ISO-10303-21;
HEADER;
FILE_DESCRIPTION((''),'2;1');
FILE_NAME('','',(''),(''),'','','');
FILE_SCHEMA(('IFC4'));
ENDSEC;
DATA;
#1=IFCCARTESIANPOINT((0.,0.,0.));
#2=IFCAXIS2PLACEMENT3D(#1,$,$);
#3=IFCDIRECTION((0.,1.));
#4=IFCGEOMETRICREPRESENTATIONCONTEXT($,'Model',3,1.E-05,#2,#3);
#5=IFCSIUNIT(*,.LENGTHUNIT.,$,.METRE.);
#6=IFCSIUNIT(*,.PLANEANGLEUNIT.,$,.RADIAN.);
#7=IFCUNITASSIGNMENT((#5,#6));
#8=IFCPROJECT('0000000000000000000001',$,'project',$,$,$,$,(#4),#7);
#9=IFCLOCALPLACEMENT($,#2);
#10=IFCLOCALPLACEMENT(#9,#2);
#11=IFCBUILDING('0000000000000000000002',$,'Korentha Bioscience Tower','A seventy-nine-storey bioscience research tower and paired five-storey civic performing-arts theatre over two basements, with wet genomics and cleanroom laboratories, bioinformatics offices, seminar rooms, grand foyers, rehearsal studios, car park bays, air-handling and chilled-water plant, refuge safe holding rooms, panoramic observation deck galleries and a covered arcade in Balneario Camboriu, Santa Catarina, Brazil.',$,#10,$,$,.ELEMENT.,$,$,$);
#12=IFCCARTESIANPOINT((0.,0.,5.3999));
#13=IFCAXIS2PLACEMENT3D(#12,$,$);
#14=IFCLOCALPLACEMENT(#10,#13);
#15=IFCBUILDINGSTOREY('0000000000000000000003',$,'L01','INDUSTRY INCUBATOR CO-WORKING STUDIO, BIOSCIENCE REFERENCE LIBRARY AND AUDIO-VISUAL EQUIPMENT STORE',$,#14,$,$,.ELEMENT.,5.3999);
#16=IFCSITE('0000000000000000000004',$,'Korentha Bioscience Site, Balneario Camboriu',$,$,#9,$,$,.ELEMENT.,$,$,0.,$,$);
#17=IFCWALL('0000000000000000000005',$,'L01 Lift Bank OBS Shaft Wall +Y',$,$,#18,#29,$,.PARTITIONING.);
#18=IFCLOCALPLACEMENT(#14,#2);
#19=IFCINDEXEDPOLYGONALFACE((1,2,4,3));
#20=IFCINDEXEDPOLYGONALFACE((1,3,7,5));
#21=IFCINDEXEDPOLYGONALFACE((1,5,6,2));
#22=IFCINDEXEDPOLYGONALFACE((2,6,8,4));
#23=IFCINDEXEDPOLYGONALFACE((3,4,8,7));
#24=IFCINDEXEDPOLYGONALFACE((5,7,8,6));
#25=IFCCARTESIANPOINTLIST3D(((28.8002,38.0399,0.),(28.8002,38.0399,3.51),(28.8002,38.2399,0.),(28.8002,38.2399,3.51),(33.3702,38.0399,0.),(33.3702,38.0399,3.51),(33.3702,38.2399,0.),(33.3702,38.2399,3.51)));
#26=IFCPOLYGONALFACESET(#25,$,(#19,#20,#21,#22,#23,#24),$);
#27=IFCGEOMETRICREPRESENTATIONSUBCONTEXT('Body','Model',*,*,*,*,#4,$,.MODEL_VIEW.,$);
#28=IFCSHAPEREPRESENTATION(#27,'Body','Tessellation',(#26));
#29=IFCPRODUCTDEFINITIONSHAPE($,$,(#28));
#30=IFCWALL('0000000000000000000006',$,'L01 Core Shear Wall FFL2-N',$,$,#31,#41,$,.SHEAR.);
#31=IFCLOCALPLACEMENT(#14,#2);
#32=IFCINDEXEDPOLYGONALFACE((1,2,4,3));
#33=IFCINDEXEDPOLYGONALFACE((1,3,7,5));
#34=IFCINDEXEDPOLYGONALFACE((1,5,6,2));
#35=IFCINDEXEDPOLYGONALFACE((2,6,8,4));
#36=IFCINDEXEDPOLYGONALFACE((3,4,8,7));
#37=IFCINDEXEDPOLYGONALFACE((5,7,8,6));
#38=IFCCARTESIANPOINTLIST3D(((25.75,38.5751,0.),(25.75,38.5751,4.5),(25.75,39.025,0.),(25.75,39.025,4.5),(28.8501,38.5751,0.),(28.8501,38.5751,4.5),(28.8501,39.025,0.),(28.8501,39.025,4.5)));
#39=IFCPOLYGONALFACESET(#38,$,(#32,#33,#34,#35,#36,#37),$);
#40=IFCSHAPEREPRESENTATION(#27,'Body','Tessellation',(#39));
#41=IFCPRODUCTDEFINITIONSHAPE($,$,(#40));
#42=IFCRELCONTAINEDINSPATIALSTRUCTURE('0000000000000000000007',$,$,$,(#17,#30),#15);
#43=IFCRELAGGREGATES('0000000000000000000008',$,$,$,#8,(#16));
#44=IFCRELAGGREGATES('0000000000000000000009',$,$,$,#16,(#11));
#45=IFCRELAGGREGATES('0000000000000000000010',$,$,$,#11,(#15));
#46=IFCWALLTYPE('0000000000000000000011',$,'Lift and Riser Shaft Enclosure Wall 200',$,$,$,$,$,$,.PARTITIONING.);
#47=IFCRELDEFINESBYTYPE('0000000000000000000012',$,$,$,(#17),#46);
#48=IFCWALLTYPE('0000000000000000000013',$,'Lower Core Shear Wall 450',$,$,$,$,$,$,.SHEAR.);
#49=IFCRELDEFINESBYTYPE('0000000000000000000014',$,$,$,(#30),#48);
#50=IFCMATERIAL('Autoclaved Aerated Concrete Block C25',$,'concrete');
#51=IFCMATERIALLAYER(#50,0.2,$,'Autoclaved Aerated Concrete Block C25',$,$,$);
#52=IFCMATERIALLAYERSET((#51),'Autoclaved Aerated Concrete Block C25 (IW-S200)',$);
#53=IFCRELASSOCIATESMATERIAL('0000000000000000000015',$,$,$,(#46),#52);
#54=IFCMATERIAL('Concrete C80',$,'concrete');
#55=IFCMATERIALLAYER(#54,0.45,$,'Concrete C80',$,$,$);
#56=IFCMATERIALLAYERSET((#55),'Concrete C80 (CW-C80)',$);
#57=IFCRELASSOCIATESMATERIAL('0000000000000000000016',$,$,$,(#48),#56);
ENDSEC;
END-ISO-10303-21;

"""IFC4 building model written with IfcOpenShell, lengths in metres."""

from ifc_helpers import new_model, si_unit, direction, frame, frame_2d, origin, place, context, subcontext, project, spatial, rectangle, extrude, material, layer, layer_set, type_object, element, save


model = new_model("IFC4")

# Units and contexts
model_context = context("Model", 3, precision=1e-05, world=origin(), true_north=direction((0.0, 1.0)))
body_context = subcontext(model_context, "Body", "Model", "MODEL_VIEW")
ifc_project = project(units=[si_unit("LENGTHUNIT", "METRE"), si_unit("PLANEANGLEUNIT", "RADIAN")], contexts=[model_context])

# Site, building, storey
site_placement = place(None, origin())
site = spatial("IfcSite", under=ifc_project, at=site_placement, Name="Korentha Bioscience Site, Balneario Camboriu", CompositionType="ELEMENT", RefElevation=0.0)
building_placement = place(site_placement, origin())
building = spatial("IfcBuilding", under=site, at=building_placement, Name="Korentha Bioscience Tower", Description="A seventy-nine-storey bioscience research tower and paired five-storey civic performing-arts theatre over two basements, with wet genomics and cleanroom laboratories, bioinformatics offices, seminar rooms, grand foyers, rehearsal studios, car park bays, air-handling and chilled-water plant, refuge safe holding rooms, panoramic observation deck galleries and a covered arcade in Balneario Camboriu, Santa Catarina, Brazil.", CompositionType="ELEMENT")
storey_placement = place(building_placement, frame((0.0, 0.0, 5.3999)))
storey = spatial("IfcBuildingStorey", under=building, at=storey_placement, Name="L01", Description="INDUSTRY INCUBATOR CO-WORKING STUDIO, BIOSCIENCE REFERENCE LIBRARY AND AUDIO-VISUAL EQUIPMENT STORE", CompositionType="ELEMENT", Elevation=5.3999)

# Shared definitions
ifc_material_1 = material(Name="Concrete C80", Category="concrete")

# Walls
ifc_material_2 = material(Name="Autoclaved Aerated Concrete Block C25", Category="concrete")
ifc_layer_1 = layer(ifc_material_2, 0.2, Name="Autoclaved Aerated Concrete Block C25")
ifc_layer_set_1 = layer_set([ifc_layer_1], Name="Autoclaved Aerated Concrete Block C25 (IW-S200)")
wall_type_1 = type_object("IfcWallType", Name="Lift and Riser Shaft Enclosure Wall 200", PredefinedType="PARTITIONING", material=ifc_layer_set_1)
wall_1_placement = place(storey_placement, frame((28.8, 38.1399, 0.0), z_axis=(0.0, 0.0, 1.0), x_axis=(1.0, 0.0, 0.0)))
element("IfcWall", 1, at=wall_1_placement, inside=storey, type_object=wall_type_1, Name="L01 Lift Bank OBS Shaft Wall +Y", PredefinedType="PARTITIONING", context=body_context, shape_type="SweptSolid", body=[
    extrude(rectangle(XDim=4.5701, YDim=0.2, at=frame_2d((2.2852, 0.0))), origin(), (0.0, 0.0, 1.0), 3.51),
])
ifc_layer_2 = layer(ifc_material_1, 0.45, Name="Concrete C80")
ifc_layer_set_2 = layer_set([ifc_layer_2], Name="Concrete C80 (CW-C80)")
wall_type_2 = type_object("IfcWallType", Name="Lower Core Shear Wall 450", PredefinedType="SHEAR", material=ifc_layer_set_2)
wall_2_placement = place(storey_placement, frame((25.75, 38.8, 0.0), z_axis=(0.0, 0.0, 1.0), x_axis=(1.0, 0.0, 0.0)))
element("IfcWall", 2, at=wall_2_placement, inside=storey, type_object=wall_type_2, Name="L01 Core Shear Wall FFL2-N", PredefinedType="SHEAR", context=body_context, shape_type="SweptSolid", body=[
    extrude(rectangle(XDim=3.1001, YDim=0.45, at=frame_2d((1.55, 0.0))), origin(), (0.0, 0.0, 1.0), 4.5),
])

save(model, "model.ifc")
